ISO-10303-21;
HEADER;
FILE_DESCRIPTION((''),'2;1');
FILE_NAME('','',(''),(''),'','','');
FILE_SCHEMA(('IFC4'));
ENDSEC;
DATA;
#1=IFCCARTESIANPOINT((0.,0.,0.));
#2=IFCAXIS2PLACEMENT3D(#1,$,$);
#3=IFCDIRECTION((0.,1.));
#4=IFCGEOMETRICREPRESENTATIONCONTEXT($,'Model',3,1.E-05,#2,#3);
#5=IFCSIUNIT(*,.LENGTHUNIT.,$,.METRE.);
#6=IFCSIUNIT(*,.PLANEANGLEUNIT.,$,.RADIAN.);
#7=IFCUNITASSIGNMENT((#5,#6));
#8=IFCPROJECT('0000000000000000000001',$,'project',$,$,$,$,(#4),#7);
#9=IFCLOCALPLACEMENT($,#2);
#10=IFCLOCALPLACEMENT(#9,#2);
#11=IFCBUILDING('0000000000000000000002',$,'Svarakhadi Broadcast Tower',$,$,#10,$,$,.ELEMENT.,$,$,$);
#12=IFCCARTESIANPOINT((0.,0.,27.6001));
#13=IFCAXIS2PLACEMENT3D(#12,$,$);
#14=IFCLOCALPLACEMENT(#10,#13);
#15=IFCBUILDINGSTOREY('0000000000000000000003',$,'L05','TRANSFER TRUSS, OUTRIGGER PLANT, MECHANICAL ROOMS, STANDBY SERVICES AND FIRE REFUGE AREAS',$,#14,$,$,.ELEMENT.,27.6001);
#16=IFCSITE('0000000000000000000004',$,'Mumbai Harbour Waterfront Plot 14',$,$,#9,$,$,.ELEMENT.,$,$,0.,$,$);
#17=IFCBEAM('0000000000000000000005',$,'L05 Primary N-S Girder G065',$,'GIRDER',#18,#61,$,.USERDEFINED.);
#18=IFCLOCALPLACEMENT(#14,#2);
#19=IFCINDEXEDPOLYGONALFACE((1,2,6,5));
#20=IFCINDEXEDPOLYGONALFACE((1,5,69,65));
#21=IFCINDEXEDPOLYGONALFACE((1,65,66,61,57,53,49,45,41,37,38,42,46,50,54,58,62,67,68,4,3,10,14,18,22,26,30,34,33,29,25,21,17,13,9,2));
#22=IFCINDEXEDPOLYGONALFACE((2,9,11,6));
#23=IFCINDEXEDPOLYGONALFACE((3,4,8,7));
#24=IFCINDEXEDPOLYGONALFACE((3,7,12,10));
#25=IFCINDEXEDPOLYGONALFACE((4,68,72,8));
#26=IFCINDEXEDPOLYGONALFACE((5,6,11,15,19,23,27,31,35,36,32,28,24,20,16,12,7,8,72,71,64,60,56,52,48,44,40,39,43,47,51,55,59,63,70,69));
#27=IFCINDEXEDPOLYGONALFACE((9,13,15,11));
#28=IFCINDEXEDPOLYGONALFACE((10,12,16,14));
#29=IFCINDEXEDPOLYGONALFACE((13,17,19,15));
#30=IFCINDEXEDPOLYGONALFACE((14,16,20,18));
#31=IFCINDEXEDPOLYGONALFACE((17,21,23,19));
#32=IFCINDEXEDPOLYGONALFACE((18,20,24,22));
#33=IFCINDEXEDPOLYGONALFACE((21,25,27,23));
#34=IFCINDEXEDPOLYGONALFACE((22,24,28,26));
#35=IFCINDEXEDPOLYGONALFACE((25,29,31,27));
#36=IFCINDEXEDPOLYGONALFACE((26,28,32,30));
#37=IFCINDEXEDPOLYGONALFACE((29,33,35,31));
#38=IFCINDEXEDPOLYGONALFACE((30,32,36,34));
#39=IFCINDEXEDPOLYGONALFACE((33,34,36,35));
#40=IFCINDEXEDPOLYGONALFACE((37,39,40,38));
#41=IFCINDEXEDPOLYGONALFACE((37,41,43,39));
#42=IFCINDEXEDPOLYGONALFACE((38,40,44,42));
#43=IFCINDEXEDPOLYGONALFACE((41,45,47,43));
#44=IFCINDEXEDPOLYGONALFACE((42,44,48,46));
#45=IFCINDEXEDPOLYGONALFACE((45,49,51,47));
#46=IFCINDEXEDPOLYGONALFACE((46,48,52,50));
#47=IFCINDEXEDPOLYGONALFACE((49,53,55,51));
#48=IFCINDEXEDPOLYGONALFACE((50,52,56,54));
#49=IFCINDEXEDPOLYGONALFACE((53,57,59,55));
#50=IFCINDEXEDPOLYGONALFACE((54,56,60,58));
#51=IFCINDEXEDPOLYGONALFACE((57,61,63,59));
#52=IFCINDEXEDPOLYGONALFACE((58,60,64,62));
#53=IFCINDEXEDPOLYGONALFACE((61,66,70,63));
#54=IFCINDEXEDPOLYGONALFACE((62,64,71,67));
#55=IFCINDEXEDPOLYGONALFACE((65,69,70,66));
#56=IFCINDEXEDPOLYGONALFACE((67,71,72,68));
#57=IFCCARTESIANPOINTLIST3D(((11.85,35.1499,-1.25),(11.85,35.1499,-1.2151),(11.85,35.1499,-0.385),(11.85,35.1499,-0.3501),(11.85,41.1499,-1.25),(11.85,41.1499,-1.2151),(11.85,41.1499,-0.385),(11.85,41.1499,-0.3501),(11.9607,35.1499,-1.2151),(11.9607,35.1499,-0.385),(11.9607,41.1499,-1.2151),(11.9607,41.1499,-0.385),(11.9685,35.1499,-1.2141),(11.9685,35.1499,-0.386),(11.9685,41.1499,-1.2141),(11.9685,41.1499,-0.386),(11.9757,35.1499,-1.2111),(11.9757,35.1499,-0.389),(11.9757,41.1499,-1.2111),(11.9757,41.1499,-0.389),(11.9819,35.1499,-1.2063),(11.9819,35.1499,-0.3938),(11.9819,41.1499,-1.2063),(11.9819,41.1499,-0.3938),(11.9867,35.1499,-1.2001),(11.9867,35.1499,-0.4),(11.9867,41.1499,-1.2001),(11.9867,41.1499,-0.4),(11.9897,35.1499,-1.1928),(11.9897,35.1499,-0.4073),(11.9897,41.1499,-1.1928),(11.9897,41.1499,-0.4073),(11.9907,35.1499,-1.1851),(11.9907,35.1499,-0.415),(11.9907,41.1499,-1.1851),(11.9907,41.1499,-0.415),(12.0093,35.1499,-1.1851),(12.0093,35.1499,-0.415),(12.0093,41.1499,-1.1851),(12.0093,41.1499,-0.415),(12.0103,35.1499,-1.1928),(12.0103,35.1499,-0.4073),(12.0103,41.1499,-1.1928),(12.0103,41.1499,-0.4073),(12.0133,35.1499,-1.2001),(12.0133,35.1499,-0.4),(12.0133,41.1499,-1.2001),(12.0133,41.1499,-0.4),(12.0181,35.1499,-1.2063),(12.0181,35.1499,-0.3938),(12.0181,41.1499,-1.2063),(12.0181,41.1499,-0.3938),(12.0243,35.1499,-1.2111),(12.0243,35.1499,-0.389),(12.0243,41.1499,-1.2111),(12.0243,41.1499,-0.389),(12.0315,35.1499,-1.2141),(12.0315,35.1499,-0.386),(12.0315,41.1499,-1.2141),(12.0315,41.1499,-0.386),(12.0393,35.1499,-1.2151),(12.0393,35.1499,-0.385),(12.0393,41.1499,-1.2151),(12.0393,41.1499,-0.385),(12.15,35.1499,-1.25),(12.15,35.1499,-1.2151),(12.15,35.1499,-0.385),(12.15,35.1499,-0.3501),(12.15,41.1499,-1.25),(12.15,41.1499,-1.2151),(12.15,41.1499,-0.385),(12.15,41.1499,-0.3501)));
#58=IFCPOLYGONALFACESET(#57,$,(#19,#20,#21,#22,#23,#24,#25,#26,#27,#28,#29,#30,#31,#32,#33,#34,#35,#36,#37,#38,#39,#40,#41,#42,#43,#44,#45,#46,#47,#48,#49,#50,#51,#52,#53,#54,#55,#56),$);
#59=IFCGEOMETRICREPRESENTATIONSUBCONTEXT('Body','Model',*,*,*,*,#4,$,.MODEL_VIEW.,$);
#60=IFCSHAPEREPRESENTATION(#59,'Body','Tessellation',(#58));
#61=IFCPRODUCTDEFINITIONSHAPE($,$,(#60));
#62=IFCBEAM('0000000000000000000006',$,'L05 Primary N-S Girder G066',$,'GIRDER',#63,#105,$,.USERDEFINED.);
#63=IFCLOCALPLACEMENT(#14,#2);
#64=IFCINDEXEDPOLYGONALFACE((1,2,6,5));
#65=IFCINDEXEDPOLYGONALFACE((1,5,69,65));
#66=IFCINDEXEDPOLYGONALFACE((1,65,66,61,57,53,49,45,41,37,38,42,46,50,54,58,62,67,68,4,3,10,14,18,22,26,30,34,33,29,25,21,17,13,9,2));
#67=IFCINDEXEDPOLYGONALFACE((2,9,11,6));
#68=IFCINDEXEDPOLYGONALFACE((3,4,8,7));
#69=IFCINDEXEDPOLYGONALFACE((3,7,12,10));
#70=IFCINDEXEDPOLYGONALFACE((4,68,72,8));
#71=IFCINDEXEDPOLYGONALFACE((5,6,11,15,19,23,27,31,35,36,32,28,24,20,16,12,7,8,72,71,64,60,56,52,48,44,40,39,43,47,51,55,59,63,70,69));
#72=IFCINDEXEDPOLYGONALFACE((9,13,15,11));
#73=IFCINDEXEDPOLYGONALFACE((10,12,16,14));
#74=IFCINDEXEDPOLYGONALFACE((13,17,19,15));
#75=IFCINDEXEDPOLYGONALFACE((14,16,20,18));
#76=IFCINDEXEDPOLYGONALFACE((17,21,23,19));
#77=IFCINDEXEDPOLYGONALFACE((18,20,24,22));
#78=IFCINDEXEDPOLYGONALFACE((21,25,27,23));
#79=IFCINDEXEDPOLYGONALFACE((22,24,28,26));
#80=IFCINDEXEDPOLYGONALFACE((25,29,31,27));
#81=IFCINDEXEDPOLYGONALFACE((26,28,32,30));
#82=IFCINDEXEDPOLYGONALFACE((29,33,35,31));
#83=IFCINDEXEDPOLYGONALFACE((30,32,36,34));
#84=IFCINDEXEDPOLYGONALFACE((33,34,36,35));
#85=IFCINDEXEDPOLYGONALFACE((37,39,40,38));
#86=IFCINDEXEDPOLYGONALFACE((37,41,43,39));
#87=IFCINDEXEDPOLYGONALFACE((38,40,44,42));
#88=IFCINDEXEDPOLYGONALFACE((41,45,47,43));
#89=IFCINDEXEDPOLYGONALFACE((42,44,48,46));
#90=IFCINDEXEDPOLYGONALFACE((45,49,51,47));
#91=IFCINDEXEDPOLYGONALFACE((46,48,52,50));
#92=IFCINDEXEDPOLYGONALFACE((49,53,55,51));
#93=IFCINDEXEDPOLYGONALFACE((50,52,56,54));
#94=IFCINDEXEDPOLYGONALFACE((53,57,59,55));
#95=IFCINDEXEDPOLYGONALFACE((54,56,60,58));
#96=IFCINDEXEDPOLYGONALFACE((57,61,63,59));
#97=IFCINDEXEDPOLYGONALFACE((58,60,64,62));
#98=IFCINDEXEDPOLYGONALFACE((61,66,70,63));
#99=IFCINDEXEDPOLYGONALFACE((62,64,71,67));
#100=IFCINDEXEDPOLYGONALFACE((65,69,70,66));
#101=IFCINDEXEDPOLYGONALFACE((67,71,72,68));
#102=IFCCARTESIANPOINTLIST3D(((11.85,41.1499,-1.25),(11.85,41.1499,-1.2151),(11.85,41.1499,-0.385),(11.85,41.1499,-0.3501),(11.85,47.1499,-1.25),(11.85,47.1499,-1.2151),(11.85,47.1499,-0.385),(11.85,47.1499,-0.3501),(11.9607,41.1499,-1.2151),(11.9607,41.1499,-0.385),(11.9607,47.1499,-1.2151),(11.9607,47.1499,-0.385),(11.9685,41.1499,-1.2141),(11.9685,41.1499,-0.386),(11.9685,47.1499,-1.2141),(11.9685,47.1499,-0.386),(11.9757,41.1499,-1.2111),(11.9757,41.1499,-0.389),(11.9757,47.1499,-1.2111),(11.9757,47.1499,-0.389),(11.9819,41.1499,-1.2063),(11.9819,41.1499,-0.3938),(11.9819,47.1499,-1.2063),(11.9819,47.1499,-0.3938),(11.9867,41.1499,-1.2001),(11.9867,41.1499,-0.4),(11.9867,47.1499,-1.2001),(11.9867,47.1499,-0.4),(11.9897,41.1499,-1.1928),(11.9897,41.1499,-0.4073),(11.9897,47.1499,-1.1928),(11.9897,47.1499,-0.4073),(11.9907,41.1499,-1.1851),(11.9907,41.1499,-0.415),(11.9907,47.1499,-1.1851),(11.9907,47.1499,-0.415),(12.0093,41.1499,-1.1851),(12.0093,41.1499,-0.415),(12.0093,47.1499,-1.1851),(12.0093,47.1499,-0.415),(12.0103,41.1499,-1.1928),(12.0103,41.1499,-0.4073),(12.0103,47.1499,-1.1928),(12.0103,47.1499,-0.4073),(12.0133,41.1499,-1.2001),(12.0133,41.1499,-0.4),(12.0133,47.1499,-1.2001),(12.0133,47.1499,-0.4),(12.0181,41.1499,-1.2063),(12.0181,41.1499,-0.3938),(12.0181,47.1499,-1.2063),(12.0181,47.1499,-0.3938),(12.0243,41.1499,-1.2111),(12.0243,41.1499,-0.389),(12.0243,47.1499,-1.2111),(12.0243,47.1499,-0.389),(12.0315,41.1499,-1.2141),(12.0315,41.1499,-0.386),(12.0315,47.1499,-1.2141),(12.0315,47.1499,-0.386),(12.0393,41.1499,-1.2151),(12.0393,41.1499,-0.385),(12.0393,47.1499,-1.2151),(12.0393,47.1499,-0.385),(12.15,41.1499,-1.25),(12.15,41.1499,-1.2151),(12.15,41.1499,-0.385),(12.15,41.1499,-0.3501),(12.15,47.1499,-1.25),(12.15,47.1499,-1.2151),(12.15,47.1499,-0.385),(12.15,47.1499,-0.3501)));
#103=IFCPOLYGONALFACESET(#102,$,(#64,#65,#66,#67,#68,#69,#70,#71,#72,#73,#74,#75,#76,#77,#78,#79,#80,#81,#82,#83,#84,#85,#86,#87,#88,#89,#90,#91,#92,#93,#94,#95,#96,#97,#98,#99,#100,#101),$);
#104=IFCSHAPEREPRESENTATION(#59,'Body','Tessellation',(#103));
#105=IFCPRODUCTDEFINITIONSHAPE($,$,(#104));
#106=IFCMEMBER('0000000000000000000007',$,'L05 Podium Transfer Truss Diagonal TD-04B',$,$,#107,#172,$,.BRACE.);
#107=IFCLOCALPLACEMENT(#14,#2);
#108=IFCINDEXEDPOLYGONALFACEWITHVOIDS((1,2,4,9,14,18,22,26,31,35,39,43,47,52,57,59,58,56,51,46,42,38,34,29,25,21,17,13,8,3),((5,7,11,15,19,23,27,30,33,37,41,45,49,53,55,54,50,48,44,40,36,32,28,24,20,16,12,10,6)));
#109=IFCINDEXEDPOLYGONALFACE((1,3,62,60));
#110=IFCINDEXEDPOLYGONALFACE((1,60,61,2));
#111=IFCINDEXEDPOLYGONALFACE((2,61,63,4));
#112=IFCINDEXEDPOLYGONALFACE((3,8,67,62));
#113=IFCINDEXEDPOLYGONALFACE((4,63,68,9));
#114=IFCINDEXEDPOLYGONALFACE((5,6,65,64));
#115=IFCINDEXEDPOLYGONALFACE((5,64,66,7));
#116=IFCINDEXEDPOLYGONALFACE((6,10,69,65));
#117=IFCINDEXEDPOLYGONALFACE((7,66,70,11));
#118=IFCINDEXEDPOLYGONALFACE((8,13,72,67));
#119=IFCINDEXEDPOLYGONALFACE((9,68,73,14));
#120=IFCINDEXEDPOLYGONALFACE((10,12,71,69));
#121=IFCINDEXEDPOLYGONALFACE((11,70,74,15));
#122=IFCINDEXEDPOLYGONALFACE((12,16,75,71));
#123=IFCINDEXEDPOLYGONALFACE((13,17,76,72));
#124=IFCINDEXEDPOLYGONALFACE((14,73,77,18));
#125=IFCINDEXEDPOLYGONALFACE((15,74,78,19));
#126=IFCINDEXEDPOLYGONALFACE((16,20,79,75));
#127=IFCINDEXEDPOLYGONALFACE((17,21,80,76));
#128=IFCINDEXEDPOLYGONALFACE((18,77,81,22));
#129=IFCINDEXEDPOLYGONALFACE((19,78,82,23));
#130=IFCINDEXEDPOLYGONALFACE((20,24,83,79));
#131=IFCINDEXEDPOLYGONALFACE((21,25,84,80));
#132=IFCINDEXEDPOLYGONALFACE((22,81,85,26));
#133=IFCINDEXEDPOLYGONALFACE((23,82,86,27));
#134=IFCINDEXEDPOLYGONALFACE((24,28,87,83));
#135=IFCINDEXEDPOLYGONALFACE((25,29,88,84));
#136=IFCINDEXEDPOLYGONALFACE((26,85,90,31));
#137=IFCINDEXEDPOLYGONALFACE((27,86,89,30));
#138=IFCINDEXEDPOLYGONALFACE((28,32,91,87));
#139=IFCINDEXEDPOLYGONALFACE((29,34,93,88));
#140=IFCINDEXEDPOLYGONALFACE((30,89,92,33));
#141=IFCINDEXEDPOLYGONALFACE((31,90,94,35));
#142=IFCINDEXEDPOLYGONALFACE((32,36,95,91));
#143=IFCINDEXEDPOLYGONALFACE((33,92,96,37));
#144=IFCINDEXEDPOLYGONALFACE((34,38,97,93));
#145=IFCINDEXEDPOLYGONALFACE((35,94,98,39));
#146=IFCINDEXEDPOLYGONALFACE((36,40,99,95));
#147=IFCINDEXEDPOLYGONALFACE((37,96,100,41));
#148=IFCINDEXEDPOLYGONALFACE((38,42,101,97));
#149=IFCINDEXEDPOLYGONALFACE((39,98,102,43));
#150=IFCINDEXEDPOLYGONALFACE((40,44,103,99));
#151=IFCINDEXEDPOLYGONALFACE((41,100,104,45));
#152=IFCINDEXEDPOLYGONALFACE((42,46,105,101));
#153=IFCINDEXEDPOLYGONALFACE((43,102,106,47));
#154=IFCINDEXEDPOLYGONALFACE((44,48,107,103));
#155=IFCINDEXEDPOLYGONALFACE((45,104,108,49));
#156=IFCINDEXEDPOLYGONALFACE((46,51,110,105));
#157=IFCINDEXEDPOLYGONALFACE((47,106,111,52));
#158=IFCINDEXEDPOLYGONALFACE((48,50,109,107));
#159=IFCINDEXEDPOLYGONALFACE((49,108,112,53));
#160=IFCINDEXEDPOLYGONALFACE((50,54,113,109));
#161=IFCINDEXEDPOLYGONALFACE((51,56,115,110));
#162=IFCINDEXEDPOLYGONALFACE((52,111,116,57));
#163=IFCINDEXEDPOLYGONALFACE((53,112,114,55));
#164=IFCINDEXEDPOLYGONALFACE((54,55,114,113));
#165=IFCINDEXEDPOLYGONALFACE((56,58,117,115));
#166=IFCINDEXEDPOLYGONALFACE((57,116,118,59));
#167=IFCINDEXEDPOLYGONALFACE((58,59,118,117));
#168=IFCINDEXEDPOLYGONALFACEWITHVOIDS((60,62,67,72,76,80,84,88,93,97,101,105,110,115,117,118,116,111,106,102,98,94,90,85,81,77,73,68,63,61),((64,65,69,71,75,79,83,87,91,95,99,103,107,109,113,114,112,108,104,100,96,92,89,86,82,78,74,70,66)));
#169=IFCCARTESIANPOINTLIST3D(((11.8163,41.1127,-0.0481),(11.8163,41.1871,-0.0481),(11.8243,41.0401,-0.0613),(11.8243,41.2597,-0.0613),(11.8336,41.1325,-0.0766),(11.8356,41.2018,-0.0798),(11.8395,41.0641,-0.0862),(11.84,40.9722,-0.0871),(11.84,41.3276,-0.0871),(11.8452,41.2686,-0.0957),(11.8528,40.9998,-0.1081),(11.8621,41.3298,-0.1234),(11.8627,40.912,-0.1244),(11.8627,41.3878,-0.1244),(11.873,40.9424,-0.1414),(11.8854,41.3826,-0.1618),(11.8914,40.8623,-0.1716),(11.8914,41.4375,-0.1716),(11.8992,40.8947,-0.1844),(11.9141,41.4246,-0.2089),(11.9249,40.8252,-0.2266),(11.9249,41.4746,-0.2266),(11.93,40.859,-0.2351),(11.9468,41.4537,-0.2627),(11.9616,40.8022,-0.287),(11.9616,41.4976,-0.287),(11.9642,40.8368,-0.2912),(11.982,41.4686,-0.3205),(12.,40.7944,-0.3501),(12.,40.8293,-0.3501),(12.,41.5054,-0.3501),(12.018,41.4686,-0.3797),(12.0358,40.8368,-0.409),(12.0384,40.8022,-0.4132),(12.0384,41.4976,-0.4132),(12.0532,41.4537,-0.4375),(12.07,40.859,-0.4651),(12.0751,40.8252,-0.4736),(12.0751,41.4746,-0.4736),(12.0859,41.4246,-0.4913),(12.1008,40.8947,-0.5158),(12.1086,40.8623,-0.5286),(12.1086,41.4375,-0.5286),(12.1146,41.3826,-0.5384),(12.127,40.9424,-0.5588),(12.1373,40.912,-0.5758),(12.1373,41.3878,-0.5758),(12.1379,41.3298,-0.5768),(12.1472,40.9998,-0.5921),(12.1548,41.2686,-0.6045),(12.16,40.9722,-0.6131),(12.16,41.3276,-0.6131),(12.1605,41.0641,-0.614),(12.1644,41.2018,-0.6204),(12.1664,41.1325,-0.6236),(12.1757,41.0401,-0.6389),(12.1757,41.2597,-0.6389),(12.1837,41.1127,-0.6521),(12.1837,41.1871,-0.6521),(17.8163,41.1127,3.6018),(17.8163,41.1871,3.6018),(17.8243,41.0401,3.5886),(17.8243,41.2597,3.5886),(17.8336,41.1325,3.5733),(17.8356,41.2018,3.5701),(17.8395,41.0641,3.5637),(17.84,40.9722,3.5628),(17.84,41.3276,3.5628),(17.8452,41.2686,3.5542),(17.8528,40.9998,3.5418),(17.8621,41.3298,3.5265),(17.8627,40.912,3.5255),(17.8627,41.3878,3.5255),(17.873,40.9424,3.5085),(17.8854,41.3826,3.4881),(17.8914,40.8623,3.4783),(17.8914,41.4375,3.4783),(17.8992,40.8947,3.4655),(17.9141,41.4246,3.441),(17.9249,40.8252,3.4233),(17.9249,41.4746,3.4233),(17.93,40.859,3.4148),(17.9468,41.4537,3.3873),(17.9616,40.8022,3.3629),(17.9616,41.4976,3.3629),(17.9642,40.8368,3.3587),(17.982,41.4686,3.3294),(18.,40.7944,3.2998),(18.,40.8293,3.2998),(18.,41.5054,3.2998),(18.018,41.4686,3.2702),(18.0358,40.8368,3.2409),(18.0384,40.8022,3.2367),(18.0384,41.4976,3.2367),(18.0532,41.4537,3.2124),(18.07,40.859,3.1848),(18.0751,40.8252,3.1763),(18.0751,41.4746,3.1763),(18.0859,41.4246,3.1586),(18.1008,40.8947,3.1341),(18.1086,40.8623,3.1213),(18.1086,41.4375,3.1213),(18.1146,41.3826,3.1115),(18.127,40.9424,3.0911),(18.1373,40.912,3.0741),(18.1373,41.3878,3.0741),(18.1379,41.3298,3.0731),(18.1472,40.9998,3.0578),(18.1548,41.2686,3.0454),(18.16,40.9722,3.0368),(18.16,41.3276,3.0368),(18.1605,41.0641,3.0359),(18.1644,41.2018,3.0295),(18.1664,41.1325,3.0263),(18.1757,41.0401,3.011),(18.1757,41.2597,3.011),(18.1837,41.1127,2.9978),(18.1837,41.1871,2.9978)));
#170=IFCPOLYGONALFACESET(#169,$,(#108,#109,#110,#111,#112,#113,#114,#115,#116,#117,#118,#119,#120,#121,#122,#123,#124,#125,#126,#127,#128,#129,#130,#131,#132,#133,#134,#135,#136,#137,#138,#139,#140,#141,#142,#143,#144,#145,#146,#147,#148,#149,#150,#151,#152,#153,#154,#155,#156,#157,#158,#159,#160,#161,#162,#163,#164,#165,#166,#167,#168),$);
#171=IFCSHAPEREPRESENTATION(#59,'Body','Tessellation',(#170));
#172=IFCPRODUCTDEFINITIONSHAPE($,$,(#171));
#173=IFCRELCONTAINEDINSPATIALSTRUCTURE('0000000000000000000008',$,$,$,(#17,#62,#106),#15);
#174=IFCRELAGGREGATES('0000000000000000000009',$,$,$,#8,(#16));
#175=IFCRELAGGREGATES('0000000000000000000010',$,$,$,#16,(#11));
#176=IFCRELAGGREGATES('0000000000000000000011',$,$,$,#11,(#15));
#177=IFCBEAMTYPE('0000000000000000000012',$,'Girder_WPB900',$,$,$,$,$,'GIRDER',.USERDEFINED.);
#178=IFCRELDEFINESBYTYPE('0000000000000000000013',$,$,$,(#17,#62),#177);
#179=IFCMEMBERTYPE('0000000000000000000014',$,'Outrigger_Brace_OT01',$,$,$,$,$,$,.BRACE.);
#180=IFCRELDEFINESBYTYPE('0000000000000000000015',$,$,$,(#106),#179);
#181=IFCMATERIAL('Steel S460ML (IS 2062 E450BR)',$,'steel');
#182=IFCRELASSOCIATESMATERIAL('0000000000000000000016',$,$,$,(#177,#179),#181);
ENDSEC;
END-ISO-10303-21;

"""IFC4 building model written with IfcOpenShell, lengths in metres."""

from ifc_helpers import new_model, si_unit, direction, frame, origin, origin_2d, place, context, subcontext, project, spatial, hollow_circle, i_section, extrude, material, material_profile, profile_set, type_object, element, save


model = new_model("IFC4")

# Units and contexts
model_context = context("Model", 3, precision=1e-05, world=origin(), true_north=direction((0.0, 1.0)))
body_context = subcontext(model_context, "Body", "Model", "MODEL_VIEW")
ifc_project = project(units=[si_unit("LENGTHUNIT", "METRE"), si_unit("PLANEANGLEUNIT", "RADIAN")], contexts=[model_context])

# Site, building, storey
site_placement = place(None, origin())
site = spatial("IfcSite", under=ifc_project, at=site_placement, Name="Mumbai Harbour Waterfront Plot 14", CompositionType="ELEMENT", RefElevation=0.0)
building_placement = place(site_placement, origin())
building = spatial("IfcBuilding", under=site, at=building_placement, Name="Svarakhadi Broadcast Tower", CompositionType="ELEMENT")
storey_placement = place(building_placement, frame((0.0, 0.0, 27.6001)))
storey = spatial("IfcBuildingStorey", under=building, at=storey_placement, Name="L05", Description="TRANSFER TRUSS, OUTRIGGER PLANT, MECHANICAL ROOMS, STANDBY SERVICES AND FIRE REFUGE AREAS", CompositionType="ELEMENT", Elevation=27.6001)

# Shared definitions
ifc_material_1 = material(Name="Steel S460ML (IS 2062 E450BR)", Category="steel")

# Beams
ifc_material_profile_1 = material_profile(ifc_material_1, i_section(OverallWidth=0.3, OverallDepth=0.8999, WebThickness=0.0186, FlangeThickness=0.0349, FilletRadius=0.03, at=origin_2d()), Name="WPB 900x300x291")
ifc_profile_set_1 = profile_set([ifc_material_profile_1], Name="Steel S460ML (IS 2062 E450BR)")
beam_type_1 = type_object("IfcBeamType", Name="Girder_WPB900", ElementType="GIRDER", PredefinedType="USERDEFINED", material=ifc_profile_set_1)
for number, where, z_axis, x_axis, name in (
    (1, (12.0, 35.1499, -0.8), (0.0, 1.0, 0.0), (-1.0, 0.0, 0.0), "L05 Primary N-S Girder G065"),
    (2, (12.0, 41.1499, -0.8), (0.0, 1.0, 0.0), (-1.0, 0.0, 0.0), "L05 Primary N-S Girder G066"),
):
    element("IfcBeam", number, at=place(storey_placement, frame(where, z_axis=z_axis, x_axis=x_axis)), inside=storey, type_object=beam_type_1, Name=name, ObjectType="GIRDER", PredefinedType="USERDEFINED", context=body_context, shape_type="SweptSolid", body=[
        extrude(i_section(OverallWidth=0.3, OverallDepth=0.8999, WebThickness=0.0186, FlangeThickness=0.0349, FilletRadius=0.03, at=origin_2d()), origin(), (0.0, 0.0, 1.0), 6.0),
    ])

# Member
ifc_material_profile_2 = material_profile(ifc_material_1, hollow_circle(Radius=0.3555, WallThickness=0.0349, at=origin_2d()), Name="CHS 711x35")
ifc_profile_set_2 = profile_set([ifc_material_profile_2], Name="Steel S460ML (IS 2062 E450BR)")
member_type_1 = type_object("IfcMemberType", Name="Outrigger_Brace_OT01", PredefinedType="BRACE", material=ifc_profile_set_2)
for number, where, z_axis, x_axis, name in (
    (3, (18.0, 41.1499, 3.2998), (-0.854342, 0.0, -0.519711), (0.0, -1.0, 0.0), "L05 Podium Transfer Truss Diagonal TD-04B"),
):
    element("IfcMember", number, at=place(storey_placement, frame(where, z_axis=z_axis, x_axis=x_axis)), inside=storey, type_object=member_type_1, Name=name, PredefinedType="BRACE", context=body_context, shape_type="SweptSolid", body=[
        extrude(hollow_circle(Radius=0.3555, WallThickness=0.0349, at=origin_2d()), origin(), (0.0, 0.0, 1.0), 7.0229),
    ])

save(model, "model.ifc")
